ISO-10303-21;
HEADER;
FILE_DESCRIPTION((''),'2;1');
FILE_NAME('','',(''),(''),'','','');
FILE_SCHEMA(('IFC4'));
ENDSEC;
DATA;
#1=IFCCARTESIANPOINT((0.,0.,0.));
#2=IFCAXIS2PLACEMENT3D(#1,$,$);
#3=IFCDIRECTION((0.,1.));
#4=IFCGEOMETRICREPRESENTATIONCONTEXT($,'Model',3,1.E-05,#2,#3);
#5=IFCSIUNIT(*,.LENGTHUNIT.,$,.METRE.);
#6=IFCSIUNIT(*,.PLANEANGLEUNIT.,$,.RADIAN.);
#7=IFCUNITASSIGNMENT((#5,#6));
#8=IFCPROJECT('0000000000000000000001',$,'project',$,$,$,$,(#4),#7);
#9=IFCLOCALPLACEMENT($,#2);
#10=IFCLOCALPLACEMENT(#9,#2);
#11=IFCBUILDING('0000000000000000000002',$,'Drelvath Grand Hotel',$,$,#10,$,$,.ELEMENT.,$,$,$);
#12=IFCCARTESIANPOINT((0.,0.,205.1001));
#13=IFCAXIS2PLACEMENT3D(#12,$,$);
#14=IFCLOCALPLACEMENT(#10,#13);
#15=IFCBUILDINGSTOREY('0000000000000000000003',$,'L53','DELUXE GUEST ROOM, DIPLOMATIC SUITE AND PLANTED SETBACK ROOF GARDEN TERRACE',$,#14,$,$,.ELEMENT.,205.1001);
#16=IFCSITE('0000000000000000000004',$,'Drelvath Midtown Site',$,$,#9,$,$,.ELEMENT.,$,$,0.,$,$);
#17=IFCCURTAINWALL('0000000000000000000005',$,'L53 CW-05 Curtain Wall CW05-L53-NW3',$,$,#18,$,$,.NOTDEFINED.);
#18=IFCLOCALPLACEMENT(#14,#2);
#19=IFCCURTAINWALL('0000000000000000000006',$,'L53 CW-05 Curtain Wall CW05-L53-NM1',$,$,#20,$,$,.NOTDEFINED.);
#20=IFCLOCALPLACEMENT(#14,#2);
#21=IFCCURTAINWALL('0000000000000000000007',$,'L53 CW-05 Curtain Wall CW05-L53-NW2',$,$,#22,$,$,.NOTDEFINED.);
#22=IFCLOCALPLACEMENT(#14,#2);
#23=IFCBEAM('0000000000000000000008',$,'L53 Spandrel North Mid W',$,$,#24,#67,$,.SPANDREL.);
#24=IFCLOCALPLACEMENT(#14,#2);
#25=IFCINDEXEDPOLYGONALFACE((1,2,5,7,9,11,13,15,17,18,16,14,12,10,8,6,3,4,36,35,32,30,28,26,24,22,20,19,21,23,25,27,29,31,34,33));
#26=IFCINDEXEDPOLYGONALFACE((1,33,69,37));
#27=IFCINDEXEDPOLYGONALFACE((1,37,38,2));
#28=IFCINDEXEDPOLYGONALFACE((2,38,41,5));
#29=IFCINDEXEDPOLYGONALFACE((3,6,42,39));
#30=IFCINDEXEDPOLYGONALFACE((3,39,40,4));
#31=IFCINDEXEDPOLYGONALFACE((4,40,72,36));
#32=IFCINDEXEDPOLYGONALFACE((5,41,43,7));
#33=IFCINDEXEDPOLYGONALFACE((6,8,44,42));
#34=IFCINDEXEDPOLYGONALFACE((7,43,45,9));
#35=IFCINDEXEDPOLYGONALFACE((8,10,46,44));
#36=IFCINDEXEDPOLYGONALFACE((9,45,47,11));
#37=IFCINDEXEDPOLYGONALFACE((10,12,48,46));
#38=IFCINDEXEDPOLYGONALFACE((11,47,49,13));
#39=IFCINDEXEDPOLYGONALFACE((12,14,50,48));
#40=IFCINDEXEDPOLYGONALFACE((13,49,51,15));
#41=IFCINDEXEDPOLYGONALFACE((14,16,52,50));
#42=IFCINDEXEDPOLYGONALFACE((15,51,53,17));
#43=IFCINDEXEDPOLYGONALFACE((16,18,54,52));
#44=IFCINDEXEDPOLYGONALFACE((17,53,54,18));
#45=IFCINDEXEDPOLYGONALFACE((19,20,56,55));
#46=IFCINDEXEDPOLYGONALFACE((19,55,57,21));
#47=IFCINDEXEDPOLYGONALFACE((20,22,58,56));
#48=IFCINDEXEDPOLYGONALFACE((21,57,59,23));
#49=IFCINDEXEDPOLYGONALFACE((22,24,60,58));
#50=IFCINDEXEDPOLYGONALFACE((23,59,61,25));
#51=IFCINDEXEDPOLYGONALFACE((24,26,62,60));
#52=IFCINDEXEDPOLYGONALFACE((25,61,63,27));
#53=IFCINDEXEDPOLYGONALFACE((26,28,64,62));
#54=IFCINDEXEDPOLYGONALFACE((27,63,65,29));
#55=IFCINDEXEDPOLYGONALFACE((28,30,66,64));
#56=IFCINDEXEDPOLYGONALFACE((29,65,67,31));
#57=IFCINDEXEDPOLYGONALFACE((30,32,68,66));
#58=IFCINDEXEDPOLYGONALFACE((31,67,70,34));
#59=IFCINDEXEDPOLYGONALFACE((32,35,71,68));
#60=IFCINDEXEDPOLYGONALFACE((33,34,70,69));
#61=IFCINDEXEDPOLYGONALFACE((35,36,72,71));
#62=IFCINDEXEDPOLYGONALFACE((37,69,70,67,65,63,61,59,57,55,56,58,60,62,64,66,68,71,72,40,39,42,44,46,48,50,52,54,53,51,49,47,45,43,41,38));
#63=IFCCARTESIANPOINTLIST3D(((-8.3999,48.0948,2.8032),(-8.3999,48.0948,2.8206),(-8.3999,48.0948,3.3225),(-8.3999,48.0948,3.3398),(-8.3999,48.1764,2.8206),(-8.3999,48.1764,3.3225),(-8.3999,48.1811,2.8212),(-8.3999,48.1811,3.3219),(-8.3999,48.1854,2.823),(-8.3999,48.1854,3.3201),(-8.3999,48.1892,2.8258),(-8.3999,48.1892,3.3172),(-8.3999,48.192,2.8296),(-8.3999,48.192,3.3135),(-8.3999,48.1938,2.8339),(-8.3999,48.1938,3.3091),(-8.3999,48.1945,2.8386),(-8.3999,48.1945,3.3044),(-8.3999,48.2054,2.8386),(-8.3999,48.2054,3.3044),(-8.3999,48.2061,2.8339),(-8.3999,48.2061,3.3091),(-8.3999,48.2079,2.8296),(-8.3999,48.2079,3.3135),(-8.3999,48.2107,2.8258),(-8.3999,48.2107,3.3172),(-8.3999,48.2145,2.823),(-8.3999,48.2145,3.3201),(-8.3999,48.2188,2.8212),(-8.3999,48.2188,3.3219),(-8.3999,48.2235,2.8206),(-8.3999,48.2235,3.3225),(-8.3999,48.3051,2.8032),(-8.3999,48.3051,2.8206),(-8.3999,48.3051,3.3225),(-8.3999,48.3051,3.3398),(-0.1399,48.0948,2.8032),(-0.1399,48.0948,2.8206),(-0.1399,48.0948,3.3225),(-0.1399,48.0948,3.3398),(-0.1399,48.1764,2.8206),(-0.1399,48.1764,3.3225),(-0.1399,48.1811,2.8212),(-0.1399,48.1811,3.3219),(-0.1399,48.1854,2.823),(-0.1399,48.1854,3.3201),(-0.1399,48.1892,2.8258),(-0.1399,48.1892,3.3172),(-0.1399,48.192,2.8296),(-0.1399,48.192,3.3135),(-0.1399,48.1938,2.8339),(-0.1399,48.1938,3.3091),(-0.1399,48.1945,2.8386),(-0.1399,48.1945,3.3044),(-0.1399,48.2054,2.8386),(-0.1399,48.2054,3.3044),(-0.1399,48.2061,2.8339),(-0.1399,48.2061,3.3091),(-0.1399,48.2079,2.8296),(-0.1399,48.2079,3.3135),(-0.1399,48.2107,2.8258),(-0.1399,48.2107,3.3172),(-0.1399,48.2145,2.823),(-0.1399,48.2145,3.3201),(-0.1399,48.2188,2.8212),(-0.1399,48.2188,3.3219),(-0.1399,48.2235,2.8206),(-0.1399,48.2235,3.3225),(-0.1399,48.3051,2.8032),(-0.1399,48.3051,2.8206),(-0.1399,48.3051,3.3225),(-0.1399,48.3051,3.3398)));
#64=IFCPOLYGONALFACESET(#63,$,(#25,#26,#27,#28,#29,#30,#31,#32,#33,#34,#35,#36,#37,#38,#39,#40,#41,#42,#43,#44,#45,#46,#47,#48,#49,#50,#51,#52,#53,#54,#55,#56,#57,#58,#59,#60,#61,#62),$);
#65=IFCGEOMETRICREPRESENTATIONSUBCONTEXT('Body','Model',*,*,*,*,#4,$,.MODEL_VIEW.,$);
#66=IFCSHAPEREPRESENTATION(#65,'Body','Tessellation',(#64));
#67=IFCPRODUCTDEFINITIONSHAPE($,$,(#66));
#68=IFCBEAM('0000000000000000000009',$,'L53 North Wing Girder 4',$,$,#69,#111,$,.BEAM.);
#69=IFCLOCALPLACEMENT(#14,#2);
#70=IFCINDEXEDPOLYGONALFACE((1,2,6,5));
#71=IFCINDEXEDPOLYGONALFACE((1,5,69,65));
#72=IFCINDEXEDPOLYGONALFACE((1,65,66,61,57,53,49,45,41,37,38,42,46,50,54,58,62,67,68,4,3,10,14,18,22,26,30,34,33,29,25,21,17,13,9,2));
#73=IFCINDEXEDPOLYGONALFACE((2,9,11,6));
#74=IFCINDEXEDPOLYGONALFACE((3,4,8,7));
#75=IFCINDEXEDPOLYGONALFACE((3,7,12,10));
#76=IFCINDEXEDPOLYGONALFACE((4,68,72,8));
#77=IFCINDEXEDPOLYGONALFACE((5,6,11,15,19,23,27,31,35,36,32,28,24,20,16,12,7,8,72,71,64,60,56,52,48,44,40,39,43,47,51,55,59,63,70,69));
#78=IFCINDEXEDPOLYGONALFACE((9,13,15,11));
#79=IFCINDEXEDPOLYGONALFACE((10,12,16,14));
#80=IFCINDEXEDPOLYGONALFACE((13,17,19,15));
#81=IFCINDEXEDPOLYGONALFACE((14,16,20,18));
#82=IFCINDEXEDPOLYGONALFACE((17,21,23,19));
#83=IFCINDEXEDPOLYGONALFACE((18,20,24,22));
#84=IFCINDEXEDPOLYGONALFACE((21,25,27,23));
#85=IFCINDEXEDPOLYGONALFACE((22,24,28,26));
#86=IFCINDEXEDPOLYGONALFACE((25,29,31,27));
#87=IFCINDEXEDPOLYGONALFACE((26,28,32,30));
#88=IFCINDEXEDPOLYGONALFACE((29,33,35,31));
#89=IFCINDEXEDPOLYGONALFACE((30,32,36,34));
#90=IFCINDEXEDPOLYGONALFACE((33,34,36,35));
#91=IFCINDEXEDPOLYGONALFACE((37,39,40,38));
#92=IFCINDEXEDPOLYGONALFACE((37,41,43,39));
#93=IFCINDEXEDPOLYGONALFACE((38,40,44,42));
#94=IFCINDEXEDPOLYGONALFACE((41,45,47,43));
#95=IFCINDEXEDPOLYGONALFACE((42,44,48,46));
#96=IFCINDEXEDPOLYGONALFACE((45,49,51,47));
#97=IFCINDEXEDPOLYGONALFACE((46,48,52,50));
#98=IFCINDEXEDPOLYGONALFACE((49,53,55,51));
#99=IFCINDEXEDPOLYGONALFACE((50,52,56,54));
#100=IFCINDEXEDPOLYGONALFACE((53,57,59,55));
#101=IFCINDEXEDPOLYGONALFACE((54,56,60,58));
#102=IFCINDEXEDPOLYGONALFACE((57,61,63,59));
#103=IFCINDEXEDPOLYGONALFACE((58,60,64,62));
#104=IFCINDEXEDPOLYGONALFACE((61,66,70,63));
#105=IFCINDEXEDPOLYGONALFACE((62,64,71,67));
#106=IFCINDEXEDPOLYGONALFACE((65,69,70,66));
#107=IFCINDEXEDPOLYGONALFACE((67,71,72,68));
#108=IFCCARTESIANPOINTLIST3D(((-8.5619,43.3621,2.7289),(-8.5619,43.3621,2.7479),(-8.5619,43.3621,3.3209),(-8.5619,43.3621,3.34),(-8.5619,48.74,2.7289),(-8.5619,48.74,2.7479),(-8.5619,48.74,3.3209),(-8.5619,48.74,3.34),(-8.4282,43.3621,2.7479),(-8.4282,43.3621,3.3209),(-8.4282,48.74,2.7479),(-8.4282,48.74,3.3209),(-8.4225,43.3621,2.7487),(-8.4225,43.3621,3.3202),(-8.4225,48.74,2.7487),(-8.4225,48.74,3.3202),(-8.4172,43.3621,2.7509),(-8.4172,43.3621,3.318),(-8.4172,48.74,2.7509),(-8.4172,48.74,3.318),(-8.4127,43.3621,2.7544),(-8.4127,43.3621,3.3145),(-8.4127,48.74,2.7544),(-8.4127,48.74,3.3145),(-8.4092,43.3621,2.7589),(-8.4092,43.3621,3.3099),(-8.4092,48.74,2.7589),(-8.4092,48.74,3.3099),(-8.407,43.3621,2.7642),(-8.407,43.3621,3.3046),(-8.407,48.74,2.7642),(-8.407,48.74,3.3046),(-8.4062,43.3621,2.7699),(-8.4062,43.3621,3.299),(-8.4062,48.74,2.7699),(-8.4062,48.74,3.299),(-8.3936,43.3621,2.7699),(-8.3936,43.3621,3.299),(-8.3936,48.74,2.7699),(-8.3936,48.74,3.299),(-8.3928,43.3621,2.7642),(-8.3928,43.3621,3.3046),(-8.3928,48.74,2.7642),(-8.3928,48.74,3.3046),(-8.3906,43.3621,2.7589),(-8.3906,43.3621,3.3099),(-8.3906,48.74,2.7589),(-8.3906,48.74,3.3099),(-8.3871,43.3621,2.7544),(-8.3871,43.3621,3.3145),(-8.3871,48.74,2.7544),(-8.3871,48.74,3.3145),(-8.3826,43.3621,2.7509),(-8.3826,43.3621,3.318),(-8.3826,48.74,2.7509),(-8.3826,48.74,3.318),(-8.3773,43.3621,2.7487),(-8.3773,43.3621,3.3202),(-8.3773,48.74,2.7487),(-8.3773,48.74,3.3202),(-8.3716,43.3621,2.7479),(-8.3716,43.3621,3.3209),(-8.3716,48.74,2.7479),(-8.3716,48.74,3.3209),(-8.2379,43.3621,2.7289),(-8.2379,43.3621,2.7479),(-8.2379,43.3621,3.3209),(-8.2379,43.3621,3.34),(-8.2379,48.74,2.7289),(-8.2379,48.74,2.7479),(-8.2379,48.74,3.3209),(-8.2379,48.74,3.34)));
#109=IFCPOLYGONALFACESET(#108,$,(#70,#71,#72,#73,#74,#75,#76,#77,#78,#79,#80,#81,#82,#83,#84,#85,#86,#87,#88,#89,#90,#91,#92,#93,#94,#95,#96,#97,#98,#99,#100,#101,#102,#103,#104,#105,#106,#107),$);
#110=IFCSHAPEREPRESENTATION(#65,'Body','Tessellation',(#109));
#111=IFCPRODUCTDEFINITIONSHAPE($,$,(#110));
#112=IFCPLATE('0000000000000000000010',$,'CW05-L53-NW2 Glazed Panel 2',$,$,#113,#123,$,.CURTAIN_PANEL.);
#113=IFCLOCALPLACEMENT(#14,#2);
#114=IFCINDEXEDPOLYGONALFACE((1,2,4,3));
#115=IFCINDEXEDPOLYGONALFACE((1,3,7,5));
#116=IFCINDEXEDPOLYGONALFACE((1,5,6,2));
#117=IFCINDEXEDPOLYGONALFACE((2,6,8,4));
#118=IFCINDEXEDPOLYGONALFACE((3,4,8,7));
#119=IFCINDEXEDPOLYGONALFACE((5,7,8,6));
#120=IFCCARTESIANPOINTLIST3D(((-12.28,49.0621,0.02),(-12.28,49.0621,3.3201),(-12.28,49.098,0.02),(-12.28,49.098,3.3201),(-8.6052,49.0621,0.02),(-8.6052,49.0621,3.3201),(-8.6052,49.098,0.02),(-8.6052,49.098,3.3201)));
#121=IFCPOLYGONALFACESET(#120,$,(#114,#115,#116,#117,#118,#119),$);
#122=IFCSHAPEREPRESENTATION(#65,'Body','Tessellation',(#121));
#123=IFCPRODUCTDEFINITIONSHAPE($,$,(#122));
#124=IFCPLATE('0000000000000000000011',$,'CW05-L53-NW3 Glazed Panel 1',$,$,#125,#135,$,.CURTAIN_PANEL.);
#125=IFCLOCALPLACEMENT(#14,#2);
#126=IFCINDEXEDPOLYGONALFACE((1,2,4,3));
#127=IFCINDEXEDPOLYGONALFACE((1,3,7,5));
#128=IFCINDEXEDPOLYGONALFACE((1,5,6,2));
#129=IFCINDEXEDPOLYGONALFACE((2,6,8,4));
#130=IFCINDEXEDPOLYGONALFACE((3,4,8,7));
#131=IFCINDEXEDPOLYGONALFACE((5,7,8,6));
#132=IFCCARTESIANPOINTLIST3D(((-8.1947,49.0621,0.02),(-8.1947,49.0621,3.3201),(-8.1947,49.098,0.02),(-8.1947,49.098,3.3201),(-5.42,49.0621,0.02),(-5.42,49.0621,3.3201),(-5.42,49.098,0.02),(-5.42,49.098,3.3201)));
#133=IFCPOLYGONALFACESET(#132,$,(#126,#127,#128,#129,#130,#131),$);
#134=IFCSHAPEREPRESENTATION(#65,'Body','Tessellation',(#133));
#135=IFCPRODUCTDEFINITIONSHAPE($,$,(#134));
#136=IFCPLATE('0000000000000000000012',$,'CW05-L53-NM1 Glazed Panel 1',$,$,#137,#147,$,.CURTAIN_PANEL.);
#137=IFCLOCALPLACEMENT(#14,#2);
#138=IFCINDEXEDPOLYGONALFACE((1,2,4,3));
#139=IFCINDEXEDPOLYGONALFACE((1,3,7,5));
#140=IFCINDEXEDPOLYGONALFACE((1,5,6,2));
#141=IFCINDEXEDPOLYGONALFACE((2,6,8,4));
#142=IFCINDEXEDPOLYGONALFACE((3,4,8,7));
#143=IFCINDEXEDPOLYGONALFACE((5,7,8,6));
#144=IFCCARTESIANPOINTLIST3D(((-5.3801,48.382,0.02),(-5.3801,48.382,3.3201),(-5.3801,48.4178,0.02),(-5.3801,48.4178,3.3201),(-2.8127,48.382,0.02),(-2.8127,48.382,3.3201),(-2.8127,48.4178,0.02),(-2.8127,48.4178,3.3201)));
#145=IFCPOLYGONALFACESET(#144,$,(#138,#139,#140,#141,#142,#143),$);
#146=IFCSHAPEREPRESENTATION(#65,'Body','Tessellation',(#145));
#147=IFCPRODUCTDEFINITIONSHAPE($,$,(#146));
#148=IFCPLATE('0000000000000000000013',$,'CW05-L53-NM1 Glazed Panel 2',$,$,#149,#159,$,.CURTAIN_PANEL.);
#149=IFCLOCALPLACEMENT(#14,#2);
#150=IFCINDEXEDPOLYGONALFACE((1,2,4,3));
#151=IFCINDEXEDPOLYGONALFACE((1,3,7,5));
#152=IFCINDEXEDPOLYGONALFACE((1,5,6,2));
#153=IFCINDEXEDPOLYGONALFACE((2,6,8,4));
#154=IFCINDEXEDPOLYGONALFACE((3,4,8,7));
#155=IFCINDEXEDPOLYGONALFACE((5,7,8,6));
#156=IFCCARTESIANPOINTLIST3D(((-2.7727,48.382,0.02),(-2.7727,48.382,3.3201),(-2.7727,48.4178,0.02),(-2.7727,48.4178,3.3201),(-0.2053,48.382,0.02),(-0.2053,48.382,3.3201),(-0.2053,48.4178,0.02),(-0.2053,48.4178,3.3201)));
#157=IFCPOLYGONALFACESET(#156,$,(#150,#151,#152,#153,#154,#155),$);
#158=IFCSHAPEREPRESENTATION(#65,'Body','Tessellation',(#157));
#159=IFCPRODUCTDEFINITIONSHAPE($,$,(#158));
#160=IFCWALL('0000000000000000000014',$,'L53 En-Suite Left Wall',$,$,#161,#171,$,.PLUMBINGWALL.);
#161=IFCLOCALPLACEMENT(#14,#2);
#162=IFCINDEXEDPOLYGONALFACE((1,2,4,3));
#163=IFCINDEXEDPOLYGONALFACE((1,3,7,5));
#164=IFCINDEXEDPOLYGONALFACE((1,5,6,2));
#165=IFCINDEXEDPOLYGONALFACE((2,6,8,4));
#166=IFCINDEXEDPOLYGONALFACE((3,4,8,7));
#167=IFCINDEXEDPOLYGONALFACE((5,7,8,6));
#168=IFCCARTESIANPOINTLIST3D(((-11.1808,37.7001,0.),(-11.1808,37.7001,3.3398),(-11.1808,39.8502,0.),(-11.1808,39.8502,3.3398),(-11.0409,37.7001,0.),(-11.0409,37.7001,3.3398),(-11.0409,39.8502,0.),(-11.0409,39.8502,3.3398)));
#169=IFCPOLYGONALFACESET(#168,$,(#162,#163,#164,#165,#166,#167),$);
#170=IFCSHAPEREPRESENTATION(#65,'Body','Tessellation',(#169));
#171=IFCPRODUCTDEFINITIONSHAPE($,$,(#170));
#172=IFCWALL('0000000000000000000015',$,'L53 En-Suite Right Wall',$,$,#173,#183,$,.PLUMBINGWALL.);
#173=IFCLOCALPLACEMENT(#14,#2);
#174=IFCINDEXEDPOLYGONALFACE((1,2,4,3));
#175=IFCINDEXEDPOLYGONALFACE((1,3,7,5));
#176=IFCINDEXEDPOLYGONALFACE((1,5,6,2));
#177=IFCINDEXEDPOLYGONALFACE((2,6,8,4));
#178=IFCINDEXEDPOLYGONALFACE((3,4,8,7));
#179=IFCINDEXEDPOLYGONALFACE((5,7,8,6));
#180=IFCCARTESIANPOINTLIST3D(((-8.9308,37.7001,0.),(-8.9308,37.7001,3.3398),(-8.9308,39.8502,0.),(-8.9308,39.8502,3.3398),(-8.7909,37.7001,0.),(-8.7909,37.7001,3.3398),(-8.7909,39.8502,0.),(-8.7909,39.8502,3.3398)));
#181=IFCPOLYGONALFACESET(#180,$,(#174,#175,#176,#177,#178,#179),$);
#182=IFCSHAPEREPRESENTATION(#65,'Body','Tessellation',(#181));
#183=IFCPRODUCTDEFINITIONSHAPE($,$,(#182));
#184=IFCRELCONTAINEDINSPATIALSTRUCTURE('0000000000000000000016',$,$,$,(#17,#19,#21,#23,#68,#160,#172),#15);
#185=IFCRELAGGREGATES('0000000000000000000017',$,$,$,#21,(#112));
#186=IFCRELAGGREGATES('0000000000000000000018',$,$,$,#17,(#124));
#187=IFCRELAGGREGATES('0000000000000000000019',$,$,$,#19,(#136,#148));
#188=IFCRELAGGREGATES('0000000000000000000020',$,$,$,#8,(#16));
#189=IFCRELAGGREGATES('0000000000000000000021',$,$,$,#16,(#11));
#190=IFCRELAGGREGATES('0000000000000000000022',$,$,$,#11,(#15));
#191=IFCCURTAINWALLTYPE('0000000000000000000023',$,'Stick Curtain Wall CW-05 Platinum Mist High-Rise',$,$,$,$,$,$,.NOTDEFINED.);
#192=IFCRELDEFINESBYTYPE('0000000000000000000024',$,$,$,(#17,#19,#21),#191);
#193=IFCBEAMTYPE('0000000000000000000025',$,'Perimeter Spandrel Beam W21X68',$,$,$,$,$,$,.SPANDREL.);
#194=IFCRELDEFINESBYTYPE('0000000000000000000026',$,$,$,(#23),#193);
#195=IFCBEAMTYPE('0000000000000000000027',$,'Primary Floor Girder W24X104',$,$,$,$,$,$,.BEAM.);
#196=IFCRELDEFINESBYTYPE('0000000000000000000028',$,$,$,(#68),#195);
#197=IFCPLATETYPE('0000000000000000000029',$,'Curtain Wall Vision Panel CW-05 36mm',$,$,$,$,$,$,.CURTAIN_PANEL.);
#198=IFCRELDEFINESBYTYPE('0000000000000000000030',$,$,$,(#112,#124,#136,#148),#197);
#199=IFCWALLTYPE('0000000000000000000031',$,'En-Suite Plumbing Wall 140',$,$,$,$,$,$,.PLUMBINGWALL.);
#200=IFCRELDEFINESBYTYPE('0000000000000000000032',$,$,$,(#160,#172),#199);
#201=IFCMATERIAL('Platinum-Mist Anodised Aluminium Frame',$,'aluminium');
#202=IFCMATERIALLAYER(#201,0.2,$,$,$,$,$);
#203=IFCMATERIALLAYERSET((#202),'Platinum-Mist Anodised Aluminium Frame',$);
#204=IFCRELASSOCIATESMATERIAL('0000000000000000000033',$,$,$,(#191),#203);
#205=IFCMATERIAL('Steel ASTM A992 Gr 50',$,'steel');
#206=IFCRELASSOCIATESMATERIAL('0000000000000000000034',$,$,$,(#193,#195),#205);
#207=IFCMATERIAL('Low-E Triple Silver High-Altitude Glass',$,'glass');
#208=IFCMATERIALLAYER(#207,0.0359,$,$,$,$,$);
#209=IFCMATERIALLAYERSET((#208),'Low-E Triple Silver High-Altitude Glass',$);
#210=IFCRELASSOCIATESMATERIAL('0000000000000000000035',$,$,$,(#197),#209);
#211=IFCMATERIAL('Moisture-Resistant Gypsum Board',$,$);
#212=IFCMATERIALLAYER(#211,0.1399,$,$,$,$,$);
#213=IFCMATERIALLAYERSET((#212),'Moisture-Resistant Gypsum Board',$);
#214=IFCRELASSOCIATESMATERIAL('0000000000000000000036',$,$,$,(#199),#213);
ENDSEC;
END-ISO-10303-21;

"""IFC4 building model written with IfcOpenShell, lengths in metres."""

from ifc_helpers import new_model, si_unit, direction, frame, frame_2d, origin, origin_2d, place, context, subcontext, project, spatial, rectangle, i_section, extrude, material, layer, layer_set, material_profile, profile_set, type_object, element, aggregate, save


model = new_model("IFC4")

# Units and contexts
model_context = context("Model", 3, precision=1e-05, world=origin(), true_north=direction((0.0, 1.0)))
body_context = subcontext(model_context, "Body", "Model", "MODEL_VIEW")
ifc_project = project(units=[si_unit("LENGTHUNIT", "METRE"), si_unit("PLANEANGLEUNIT", "RADIAN")], contexts=[model_context])

# Site, building, storey
site_placement = place(None, origin())
site = spatial("IfcSite", under=ifc_project, at=site_placement, Name="Drelvath Midtown Site", CompositionType="ELEMENT", RefElevation=0.0)
building_placement = place(site_placement, origin())
building = spatial("IfcBuilding", under=site, at=building_placement, Name="Drelvath Grand Hotel", CompositionType="ELEMENT")
storey_placement = place(building_placement, frame((0.0, 0.0, 205.1001)))
storey = spatial("IfcBuildingStorey", under=building, at=storey_placement, Name="L53", Description="DELUXE GUEST ROOM, DIPLOMATIC SUITE AND PLANTED SETBACK ROOF GARDEN TERRACE", CompositionType="ELEMENT", Elevation=205.1001)

# Curtain walls
ifc_material_1 = material(Name="Platinum-Mist Anodised Aluminium Frame", Category="aluminium")
ifc_layer_1 = layer(ifc_material_1, 0.2)
ifc_layer_set_1 = layer_set([ifc_layer_1], Name="Platinum-Mist Anodised Aluminium Frame")
curtain_wall_type = type_object("IfcCurtainWallType", Name="Stick Curtain Wall CW-05 Platinum Mist High-Rise", PredefinedType="NOTDEFINED", material=ifc_layer_set_1)
curtain_wall_1_placement = place(storey_placement, origin())
curtain_wall_1 = element("IfcCurtainWall", 1, at=curtain_wall_1_placement, inside=storey, type_object=curtain_wall_type, Name="L53 CW-05 Curtain Wall CW05-L53-NW3", PredefinedType="NOTDEFINED")
curtain_wall_2_placement = place(storey_placement, origin())
curtain_wall_2 = element("IfcCurtainWall", 2, at=curtain_wall_2_placement, inside=storey, type_object=curtain_wall_type, Name="L53 CW-05 Curtain Wall CW05-L53-NM1", PredefinedType="NOTDEFINED")
curtain_wall_3_placement = place(storey_placement, origin())
curtain_wall_3 = element("IfcCurtainWall", 3, at=curtain_wall_3_placement, inside=storey, type_object=curtain_wall_type, Name="L53 CW-05 Curtain Wall CW05-L53-NW2", PredefinedType="NOTDEFINED")

# Beams
ifc_material_2 = material(Name="Steel ASTM A992 Gr 50", Category="steel")
ifc_material_profile_1 = material_profile(ifc_material_2, i_section(OverallWidth=0.2102, OverallDepth=0.5366, WebThickness=0.011, FlangeThickness=0.0173, FilletRadius=0.0181, at=origin_2d()), Name="W21X68")
ifc_profile_set_1 = profile_set([ifc_material_profile_1], Name="Steel ASTM A992 Gr 50")
beam_type_1 = type_object("IfcBeamType", Name="Perimeter Spandrel Beam W21X68", PredefinedType="SPANDREL", material=ifc_profile_set_1)
beam_1_placement = place(storey_placement, frame((-8.3999, 48.2, 3.0715), z_axis=(1.0, 0.0, 0.0), x_axis=(0.0, 1.0, 0.0)))
element("IfcBeam", 4, at=beam_1_placement, inside=storey, type_object=beam_type_1, Name="L53 Spandrel North Mid W", PredefinedType="SPANDREL", context=body_context, shape_type="SweptSolid", body=[
    extrude(i_section(OverallWidth=0.2102, OverallDepth=0.5366, WebThickness=0.011, FlangeThickness=0.0173, FilletRadius=0.0181, at=origin_2d()), origin(), (0.0, 0.0, 1.0), 8.26),
])
ifc_material_profile_2 = material_profile(ifc_material_2, i_section(OverallWidth=0.324, OverallDepth=0.6111, WebThickness=0.0127, FlangeThickness=0.019, FilletRadius=0.022, at=origin_2d()), Name="W24X104")
ifc_profile_set_2 = profile_set([ifc_material_profile_2], Name="Steel ASTM A992 Gr 50")
beam_type_2 = type_object("IfcBeamType", Name="Primary Floor Girder W24X104", PredefinedType="BEAM", material=ifc_profile_set_2)
beam_2_placement = place(storey_placement, frame((-8.3999, 43.3621, 3.0344), z_axis=(0.0, 1.0, 0.0), x_axis=(-1.0, 0.0, 0.0)))
element("IfcBeam", 5, at=beam_2_placement, inside=storey, type_object=beam_type_2, Name="L53 North Wing Girder 4", PredefinedType="BEAM", context=body_context, shape_type="SweptSolid", body=[
    extrude(i_section(OverallWidth=0.324, OverallDepth=0.6111, WebThickness=0.0127, FlangeThickness=0.019, FilletRadius=0.022, at=origin_2d()), origin(), (0.0, 0.0, 1.0), 5.3779),
])

# Plates
ifc_material_3 = material(Name="Low-E Triple Silver High-Altitude Glass", Category="glass")
ifc_layer_2 = layer(ifc_material_3, 0.0359)
ifc_layer_set_2 = layer_set([ifc_layer_2], Name="Low-E Triple Silver High-Altitude Glass")
plate_type = type_object("IfcPlateType", Name="Curtain Wall Vision Panel CW-05 36mm", PredefinedType="CURTAIN_PANEL", material=ifc_layer_set_2)
plate_1_placement = place(storey_placement, frame((-10.4426, 49.0801, 0.02), z_axis=(0.0, 0.0, 1.0), x_axis=(1.0, 0.0, 0.0)))
plate_1 = element("IfcPlate", 6, at=plate_1_placement, type_object=plate_type, Name="CW05-L53-NW2 Glazed Panel 2", PredefinedType="CURTAIN_PANEL", context=body_context, shape_type="SweptSolid", body=[
    extrude(rectangle(XDim=3.6748, YDim=0.0359, at=origin_2d()), origin(), (0.0, 0.0, 1.0), 3.3),
])
aggregate(curtain_wall_3, [plate_1])
plate_2_placement = place(storey_placement, frame((-6.8074, 49.0801, 0.02), z_axis=(0.0, 0.0, 1.0), x_axis=(1.0, 0.0, 0.0)))
plate_2 = element("IfcPlate", 7, at=plate_2_placement, type_object=plate_type, Name="CW05-L53-NW3 Glazed Panel 1", PredefinedType="CURTAIN_PANEL", context=body_context, shape_type="SweptSolid", body=[
    extrude(rectangle(XDim=2.7747, YDim=0.0359, at=origin_2d()), origin(), (0.0, 0.0, 1.0), 3.3),
])
aggregate(curtain_wall_1, [plate_2])
plate_3_placement = place(storey_placement, frame((-4.0964, 48.3999, 0.02), z_axis=(0.0, 0.0, 1.0), x_axis=(1.0, 0.0, 0.0)))
plate_3 = element("IfcPlate", 8, at=plate_3_placement, type_object=plate_type, Name="CW05-L53-NM1 Glazed Panel 1", PredefinedType="CURTAIN_PANEL", context=body_context, shape_type="SweptSolid", body=[
    extrude(rectangle(XDim=2.5674, YDim=0.0359, at=origin_2d()), origin(), (0.0, 0.0, 1.0), 3.3),
])
plate_4_placement = place(storey_placement, frame((-1.489, 48.3999, 0.02), z_axis=(0.0, 0.0, 1.0), x_axis=(1.0, 0.0, 0.0)))
plate_4 = element("IfcPlate", 9, at=plate_4_placement, type_object=plate_type, Name="CW05-L53-NM1 Glazed Panel 2", PredefinedType="CURTAIN_PANEL", context=body_context, shape_type="SweptSolid", body=[
    extrude(rectangle(XDim=2.5674, YDim=0.0359, at=origin_2d()), origin(), (0.0, 0.0, 1.0), 3.3),
])
aggregate(curtain_wall_2, [plate_3, plate_4])

# Walls
ifc_material_4 = material(Name="Moisture-Resistant Gypsum Board")
ifc_layer_3 = layer(ifc_material_4, 0.1399)
ifc_layer_set_3 = layer_set([ifc_layer_3], Name="Moisture-Resistant Gypsum Board")
wall_type_1 = type_object("IfcWallType", Name="En-Suite Plumbing Wall 140", PredefinedType="PLUMBINGWALL", material=ifc_layer_set_3)
for number, where, z_axis, x_axis, name in (
    (10, (-11.1108, 37.7, 0.0), (0.0, 0.0, 1.0), (0.0, 1.0, 0.0), "L53 En-Suite Left Wall"),
    (11, (-8.8608, 37.7, 0.0), (0.0, 0.0, 1.0), (0.0, 1.0, 0.0), "L53 En-Suite Right Wall"),
):
    element("IfcWall", number, at=place(storey_placement, frame(where, z_axis=z_axis, x_axis=x_axis)), inside=storey, type_object=wall_type_1, Name=name, PredefinedType="PLUMBINGWALL", context=body_context, shape_type="SweptSolid", body=[
        extrude(rectangle(XDim=2.1501, YDim=0.1399, at=frame_2d((1.0752, 0.0))), origin(), (0.0, 0.0, 1.0), 3.3398),
    ])

save(model, "model.ifc")
